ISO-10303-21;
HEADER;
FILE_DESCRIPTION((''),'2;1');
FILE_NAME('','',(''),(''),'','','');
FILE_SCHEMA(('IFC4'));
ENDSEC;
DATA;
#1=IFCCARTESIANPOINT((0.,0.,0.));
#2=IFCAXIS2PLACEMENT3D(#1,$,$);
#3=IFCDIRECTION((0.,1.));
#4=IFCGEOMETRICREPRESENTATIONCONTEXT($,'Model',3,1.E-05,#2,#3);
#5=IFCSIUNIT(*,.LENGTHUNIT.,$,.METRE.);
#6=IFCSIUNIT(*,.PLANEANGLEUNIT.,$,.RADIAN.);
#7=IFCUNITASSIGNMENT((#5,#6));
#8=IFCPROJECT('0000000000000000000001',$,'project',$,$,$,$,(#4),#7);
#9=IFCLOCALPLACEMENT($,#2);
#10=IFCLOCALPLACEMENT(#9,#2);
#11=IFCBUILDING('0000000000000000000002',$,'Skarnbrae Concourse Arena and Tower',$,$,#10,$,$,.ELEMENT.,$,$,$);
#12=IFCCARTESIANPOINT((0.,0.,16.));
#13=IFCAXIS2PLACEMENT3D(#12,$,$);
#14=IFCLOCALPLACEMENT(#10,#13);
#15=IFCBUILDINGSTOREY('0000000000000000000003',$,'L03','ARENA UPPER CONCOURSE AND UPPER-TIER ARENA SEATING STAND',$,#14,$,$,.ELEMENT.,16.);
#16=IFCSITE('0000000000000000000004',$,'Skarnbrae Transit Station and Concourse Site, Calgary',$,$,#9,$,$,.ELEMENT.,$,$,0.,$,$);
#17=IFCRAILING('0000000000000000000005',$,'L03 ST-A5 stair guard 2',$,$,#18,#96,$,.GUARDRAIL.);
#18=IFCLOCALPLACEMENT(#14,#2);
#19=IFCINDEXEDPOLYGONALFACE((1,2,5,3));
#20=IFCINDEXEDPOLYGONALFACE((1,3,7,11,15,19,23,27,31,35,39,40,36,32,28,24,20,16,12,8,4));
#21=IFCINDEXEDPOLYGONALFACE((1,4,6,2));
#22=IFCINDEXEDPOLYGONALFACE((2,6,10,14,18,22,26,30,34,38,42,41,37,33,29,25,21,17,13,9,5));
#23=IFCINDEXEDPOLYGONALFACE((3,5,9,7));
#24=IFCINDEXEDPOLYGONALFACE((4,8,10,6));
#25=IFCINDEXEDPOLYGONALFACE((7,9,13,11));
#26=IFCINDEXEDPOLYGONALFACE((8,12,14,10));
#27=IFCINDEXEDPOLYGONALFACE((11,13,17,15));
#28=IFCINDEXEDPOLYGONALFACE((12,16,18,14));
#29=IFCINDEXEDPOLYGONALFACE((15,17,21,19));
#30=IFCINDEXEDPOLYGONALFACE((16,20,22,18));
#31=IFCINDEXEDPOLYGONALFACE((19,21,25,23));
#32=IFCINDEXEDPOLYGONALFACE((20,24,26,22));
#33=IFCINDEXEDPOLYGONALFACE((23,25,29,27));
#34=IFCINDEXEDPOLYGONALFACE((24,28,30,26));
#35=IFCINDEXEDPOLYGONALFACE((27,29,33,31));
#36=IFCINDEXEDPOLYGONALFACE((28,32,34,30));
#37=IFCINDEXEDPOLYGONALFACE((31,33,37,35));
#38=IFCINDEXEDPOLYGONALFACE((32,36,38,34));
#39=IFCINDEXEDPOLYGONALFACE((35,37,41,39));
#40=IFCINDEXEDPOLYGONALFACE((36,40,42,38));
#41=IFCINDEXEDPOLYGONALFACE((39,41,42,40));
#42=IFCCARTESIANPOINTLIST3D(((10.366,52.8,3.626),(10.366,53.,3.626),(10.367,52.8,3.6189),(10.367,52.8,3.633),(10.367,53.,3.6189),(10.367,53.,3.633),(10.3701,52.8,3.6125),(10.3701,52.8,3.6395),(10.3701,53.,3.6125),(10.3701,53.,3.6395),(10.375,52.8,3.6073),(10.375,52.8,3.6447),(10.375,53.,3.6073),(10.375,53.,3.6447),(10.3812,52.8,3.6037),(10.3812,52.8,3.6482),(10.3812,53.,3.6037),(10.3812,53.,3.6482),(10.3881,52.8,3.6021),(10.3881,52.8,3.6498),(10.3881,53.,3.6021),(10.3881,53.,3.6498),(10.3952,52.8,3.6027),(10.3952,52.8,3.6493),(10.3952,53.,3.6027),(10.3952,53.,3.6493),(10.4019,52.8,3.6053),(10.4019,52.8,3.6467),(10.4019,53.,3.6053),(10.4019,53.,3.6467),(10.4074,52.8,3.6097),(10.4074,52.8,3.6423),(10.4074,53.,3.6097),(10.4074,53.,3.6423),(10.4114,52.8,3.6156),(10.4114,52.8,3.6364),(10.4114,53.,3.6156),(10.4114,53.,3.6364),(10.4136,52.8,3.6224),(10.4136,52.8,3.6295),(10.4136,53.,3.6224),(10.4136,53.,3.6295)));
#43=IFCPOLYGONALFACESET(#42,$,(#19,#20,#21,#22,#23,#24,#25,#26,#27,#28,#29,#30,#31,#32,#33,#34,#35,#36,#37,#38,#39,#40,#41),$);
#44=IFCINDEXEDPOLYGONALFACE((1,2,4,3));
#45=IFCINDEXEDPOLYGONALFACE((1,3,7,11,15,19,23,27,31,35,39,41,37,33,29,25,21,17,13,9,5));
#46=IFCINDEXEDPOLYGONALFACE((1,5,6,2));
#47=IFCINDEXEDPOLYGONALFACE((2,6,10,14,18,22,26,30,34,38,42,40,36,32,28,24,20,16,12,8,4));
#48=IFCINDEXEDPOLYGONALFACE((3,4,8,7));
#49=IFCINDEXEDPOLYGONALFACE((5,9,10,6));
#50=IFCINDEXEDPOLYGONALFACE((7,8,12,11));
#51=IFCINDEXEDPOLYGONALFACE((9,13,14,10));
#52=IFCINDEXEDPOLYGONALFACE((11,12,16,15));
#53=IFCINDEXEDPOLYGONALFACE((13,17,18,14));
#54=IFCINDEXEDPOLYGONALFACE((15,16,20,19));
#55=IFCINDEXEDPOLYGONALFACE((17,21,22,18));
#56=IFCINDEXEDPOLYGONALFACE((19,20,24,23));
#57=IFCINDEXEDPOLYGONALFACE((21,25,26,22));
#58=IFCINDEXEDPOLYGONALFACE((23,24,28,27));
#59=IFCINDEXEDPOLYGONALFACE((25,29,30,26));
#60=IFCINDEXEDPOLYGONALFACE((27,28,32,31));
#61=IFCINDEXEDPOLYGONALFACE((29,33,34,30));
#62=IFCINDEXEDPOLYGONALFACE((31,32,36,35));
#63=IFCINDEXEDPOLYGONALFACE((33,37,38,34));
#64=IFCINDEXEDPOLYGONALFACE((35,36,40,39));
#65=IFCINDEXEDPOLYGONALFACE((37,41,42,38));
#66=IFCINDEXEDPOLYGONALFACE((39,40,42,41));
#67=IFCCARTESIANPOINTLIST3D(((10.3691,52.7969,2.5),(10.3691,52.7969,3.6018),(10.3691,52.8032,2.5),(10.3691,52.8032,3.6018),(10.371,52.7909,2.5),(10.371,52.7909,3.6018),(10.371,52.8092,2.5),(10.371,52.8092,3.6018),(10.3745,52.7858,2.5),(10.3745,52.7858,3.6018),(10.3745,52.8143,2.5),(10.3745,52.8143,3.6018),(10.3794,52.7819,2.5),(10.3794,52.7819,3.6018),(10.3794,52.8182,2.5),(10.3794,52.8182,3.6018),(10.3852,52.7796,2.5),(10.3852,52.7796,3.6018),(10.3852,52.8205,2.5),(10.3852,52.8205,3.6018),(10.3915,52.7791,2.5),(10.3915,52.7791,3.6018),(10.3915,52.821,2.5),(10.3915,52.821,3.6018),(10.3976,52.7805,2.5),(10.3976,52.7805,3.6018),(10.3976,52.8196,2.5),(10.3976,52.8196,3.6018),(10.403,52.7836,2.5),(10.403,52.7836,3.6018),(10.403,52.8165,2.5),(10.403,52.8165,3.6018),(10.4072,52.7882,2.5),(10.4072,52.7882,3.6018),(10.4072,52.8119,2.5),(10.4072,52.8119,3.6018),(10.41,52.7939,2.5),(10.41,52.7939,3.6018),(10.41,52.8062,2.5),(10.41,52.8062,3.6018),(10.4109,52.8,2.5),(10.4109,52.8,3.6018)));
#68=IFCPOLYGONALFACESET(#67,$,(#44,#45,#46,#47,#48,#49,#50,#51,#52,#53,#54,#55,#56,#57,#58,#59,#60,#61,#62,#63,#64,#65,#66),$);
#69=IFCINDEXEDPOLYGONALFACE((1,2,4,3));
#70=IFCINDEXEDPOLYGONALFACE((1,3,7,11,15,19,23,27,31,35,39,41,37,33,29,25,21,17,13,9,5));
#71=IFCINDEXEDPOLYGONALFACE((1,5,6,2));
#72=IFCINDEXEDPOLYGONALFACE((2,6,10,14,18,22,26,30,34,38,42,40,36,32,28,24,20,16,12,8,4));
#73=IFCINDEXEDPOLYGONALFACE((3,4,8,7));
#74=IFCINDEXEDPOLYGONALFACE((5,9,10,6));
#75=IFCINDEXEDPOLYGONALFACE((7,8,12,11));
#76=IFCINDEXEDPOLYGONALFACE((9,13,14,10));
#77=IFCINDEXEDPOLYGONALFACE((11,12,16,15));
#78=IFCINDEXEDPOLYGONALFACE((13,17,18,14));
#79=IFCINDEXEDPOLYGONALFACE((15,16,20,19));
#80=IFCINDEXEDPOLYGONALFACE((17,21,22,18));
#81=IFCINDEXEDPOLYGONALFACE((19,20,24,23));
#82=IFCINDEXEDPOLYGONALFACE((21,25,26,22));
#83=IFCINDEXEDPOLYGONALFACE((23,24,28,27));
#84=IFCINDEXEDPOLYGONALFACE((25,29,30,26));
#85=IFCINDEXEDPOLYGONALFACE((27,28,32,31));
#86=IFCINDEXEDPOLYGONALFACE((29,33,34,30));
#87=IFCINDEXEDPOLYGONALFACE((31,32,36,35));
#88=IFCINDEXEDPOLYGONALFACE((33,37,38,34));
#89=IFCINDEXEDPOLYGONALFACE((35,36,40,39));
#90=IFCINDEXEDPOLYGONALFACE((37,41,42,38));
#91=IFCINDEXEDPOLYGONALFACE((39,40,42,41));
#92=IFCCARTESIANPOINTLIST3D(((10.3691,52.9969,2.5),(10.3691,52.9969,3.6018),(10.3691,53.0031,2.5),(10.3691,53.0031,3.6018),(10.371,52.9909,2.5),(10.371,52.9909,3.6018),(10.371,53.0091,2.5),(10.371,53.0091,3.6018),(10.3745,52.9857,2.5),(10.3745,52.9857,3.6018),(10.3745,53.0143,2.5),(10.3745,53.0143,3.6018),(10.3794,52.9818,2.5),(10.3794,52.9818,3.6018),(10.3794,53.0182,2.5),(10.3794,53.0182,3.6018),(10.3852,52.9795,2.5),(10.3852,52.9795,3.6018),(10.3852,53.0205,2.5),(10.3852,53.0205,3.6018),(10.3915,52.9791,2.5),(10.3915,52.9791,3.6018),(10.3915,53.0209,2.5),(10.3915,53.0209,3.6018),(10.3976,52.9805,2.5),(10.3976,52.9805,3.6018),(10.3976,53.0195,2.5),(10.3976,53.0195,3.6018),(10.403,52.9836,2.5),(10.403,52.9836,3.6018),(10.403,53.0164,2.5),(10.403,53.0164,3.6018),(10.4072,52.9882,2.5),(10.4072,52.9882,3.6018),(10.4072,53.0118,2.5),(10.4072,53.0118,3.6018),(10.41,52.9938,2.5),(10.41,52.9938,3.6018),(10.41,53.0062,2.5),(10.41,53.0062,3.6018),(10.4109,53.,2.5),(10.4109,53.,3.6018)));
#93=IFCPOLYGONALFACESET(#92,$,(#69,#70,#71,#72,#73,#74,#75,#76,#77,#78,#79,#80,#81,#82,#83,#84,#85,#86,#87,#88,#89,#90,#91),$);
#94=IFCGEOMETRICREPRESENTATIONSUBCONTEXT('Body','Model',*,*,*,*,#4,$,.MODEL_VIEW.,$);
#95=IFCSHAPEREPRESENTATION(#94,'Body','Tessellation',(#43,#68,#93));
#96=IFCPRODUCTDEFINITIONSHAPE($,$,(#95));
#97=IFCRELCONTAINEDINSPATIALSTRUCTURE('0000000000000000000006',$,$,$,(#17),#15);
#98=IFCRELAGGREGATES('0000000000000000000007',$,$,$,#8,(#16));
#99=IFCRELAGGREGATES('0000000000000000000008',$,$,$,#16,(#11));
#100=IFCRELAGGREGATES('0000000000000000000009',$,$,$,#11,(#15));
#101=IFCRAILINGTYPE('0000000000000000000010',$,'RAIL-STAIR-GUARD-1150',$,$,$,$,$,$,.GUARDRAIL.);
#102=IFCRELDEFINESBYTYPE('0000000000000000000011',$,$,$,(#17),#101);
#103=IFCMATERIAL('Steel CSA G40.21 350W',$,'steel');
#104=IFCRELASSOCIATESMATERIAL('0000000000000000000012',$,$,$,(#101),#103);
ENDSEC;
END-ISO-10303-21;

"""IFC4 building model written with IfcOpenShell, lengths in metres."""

from ifc_helpers import new_model, si_unit, direction, frame, origin, origin_2d, place, context, subcontext, project, spatial, circle, extrude, material, type_object, element, save


model = new_model("IFC4")

# Units and contexts
model_context = context("Model", 3, precision=1e-05, world=origin(), true_north=direction((0.0, 1.0)))
body_context = subcontext(model_context, "Body", "Model", "MODEL_VIEW")
ifc_project = project(units=[si_unit("LENGTHUNIT", "METRE"), si_unit("PLANEANGLEUNIT", "RADIAN")], contexts=[model_context])

# Site, building, storey
site_placement = place(None, origin())
site = spatial("IfcSite", under=ifc_project, at=site_placement, Name="Skarnbrae Transit Station and Concourse Site, Calgary", CompositionType="ELEMENT", RefElevation=0.0)
building_placement = place(site_placement, origin())
building = spatial("IfcBuilding", under=site, at=building_placement, Name="Skarnbrae Concourse Arena and Tower", CompositionType="ELEMENT")
storey_placement = place(building_placement, frame((0.0, 0.0, 16.0)))
storey = spatial("IfcBuildingStorey", under=building, at=storey_placement, Name="L03", Description="ARENA UPPER CONCOURSE AND UPPER-TIER ARENA SEATING STAND", CompositionType="ELEMENT", Elevation=16.0)

# Shared definitions
ifc_material_1 = material(Name="Steel CSA G40.21 350W", Category="steel")

# Railing
railing_type_1 = type_object("IfcRailingType", Name="RAIL-STAIR-GUARD-1150", PredefinedType="GUARDRAIL", material=ifc_material_1)
railing_1_placement = place(storey_placement, frame((10.3899, 52.8, 2.5)))
element("IfcRailing", 1, at=railing_1_placement, inside=storey, type_object=railing_type_1, Name="L03 ST-A5 stair guard 2", PredefinedType="GUARDRAIL", context=body_context, shape_type="SweptSolid", body=[
    extrude(circle(Radius=0.0239, at=origin_2d()), frame((0.0, 0.0, 1.126), z_axis=(0.0, 1.0, 0.0), x_axis=(-1.0, 0.0, 0.0)), (0.0, 0.0, 1.0), 0.2),
    extrude(circle(Radius=0.021, at=origin_2d()), origin(), (0.0, 0.0, 1.0), 1.1018),
    extrude(circle(Radius=0.021, at=origin_2d()), frame((0.0, 0.2, 0.0)), (0.0, 0.0, 1.0), 1.1018),
])

save(model, "model.ifc")
